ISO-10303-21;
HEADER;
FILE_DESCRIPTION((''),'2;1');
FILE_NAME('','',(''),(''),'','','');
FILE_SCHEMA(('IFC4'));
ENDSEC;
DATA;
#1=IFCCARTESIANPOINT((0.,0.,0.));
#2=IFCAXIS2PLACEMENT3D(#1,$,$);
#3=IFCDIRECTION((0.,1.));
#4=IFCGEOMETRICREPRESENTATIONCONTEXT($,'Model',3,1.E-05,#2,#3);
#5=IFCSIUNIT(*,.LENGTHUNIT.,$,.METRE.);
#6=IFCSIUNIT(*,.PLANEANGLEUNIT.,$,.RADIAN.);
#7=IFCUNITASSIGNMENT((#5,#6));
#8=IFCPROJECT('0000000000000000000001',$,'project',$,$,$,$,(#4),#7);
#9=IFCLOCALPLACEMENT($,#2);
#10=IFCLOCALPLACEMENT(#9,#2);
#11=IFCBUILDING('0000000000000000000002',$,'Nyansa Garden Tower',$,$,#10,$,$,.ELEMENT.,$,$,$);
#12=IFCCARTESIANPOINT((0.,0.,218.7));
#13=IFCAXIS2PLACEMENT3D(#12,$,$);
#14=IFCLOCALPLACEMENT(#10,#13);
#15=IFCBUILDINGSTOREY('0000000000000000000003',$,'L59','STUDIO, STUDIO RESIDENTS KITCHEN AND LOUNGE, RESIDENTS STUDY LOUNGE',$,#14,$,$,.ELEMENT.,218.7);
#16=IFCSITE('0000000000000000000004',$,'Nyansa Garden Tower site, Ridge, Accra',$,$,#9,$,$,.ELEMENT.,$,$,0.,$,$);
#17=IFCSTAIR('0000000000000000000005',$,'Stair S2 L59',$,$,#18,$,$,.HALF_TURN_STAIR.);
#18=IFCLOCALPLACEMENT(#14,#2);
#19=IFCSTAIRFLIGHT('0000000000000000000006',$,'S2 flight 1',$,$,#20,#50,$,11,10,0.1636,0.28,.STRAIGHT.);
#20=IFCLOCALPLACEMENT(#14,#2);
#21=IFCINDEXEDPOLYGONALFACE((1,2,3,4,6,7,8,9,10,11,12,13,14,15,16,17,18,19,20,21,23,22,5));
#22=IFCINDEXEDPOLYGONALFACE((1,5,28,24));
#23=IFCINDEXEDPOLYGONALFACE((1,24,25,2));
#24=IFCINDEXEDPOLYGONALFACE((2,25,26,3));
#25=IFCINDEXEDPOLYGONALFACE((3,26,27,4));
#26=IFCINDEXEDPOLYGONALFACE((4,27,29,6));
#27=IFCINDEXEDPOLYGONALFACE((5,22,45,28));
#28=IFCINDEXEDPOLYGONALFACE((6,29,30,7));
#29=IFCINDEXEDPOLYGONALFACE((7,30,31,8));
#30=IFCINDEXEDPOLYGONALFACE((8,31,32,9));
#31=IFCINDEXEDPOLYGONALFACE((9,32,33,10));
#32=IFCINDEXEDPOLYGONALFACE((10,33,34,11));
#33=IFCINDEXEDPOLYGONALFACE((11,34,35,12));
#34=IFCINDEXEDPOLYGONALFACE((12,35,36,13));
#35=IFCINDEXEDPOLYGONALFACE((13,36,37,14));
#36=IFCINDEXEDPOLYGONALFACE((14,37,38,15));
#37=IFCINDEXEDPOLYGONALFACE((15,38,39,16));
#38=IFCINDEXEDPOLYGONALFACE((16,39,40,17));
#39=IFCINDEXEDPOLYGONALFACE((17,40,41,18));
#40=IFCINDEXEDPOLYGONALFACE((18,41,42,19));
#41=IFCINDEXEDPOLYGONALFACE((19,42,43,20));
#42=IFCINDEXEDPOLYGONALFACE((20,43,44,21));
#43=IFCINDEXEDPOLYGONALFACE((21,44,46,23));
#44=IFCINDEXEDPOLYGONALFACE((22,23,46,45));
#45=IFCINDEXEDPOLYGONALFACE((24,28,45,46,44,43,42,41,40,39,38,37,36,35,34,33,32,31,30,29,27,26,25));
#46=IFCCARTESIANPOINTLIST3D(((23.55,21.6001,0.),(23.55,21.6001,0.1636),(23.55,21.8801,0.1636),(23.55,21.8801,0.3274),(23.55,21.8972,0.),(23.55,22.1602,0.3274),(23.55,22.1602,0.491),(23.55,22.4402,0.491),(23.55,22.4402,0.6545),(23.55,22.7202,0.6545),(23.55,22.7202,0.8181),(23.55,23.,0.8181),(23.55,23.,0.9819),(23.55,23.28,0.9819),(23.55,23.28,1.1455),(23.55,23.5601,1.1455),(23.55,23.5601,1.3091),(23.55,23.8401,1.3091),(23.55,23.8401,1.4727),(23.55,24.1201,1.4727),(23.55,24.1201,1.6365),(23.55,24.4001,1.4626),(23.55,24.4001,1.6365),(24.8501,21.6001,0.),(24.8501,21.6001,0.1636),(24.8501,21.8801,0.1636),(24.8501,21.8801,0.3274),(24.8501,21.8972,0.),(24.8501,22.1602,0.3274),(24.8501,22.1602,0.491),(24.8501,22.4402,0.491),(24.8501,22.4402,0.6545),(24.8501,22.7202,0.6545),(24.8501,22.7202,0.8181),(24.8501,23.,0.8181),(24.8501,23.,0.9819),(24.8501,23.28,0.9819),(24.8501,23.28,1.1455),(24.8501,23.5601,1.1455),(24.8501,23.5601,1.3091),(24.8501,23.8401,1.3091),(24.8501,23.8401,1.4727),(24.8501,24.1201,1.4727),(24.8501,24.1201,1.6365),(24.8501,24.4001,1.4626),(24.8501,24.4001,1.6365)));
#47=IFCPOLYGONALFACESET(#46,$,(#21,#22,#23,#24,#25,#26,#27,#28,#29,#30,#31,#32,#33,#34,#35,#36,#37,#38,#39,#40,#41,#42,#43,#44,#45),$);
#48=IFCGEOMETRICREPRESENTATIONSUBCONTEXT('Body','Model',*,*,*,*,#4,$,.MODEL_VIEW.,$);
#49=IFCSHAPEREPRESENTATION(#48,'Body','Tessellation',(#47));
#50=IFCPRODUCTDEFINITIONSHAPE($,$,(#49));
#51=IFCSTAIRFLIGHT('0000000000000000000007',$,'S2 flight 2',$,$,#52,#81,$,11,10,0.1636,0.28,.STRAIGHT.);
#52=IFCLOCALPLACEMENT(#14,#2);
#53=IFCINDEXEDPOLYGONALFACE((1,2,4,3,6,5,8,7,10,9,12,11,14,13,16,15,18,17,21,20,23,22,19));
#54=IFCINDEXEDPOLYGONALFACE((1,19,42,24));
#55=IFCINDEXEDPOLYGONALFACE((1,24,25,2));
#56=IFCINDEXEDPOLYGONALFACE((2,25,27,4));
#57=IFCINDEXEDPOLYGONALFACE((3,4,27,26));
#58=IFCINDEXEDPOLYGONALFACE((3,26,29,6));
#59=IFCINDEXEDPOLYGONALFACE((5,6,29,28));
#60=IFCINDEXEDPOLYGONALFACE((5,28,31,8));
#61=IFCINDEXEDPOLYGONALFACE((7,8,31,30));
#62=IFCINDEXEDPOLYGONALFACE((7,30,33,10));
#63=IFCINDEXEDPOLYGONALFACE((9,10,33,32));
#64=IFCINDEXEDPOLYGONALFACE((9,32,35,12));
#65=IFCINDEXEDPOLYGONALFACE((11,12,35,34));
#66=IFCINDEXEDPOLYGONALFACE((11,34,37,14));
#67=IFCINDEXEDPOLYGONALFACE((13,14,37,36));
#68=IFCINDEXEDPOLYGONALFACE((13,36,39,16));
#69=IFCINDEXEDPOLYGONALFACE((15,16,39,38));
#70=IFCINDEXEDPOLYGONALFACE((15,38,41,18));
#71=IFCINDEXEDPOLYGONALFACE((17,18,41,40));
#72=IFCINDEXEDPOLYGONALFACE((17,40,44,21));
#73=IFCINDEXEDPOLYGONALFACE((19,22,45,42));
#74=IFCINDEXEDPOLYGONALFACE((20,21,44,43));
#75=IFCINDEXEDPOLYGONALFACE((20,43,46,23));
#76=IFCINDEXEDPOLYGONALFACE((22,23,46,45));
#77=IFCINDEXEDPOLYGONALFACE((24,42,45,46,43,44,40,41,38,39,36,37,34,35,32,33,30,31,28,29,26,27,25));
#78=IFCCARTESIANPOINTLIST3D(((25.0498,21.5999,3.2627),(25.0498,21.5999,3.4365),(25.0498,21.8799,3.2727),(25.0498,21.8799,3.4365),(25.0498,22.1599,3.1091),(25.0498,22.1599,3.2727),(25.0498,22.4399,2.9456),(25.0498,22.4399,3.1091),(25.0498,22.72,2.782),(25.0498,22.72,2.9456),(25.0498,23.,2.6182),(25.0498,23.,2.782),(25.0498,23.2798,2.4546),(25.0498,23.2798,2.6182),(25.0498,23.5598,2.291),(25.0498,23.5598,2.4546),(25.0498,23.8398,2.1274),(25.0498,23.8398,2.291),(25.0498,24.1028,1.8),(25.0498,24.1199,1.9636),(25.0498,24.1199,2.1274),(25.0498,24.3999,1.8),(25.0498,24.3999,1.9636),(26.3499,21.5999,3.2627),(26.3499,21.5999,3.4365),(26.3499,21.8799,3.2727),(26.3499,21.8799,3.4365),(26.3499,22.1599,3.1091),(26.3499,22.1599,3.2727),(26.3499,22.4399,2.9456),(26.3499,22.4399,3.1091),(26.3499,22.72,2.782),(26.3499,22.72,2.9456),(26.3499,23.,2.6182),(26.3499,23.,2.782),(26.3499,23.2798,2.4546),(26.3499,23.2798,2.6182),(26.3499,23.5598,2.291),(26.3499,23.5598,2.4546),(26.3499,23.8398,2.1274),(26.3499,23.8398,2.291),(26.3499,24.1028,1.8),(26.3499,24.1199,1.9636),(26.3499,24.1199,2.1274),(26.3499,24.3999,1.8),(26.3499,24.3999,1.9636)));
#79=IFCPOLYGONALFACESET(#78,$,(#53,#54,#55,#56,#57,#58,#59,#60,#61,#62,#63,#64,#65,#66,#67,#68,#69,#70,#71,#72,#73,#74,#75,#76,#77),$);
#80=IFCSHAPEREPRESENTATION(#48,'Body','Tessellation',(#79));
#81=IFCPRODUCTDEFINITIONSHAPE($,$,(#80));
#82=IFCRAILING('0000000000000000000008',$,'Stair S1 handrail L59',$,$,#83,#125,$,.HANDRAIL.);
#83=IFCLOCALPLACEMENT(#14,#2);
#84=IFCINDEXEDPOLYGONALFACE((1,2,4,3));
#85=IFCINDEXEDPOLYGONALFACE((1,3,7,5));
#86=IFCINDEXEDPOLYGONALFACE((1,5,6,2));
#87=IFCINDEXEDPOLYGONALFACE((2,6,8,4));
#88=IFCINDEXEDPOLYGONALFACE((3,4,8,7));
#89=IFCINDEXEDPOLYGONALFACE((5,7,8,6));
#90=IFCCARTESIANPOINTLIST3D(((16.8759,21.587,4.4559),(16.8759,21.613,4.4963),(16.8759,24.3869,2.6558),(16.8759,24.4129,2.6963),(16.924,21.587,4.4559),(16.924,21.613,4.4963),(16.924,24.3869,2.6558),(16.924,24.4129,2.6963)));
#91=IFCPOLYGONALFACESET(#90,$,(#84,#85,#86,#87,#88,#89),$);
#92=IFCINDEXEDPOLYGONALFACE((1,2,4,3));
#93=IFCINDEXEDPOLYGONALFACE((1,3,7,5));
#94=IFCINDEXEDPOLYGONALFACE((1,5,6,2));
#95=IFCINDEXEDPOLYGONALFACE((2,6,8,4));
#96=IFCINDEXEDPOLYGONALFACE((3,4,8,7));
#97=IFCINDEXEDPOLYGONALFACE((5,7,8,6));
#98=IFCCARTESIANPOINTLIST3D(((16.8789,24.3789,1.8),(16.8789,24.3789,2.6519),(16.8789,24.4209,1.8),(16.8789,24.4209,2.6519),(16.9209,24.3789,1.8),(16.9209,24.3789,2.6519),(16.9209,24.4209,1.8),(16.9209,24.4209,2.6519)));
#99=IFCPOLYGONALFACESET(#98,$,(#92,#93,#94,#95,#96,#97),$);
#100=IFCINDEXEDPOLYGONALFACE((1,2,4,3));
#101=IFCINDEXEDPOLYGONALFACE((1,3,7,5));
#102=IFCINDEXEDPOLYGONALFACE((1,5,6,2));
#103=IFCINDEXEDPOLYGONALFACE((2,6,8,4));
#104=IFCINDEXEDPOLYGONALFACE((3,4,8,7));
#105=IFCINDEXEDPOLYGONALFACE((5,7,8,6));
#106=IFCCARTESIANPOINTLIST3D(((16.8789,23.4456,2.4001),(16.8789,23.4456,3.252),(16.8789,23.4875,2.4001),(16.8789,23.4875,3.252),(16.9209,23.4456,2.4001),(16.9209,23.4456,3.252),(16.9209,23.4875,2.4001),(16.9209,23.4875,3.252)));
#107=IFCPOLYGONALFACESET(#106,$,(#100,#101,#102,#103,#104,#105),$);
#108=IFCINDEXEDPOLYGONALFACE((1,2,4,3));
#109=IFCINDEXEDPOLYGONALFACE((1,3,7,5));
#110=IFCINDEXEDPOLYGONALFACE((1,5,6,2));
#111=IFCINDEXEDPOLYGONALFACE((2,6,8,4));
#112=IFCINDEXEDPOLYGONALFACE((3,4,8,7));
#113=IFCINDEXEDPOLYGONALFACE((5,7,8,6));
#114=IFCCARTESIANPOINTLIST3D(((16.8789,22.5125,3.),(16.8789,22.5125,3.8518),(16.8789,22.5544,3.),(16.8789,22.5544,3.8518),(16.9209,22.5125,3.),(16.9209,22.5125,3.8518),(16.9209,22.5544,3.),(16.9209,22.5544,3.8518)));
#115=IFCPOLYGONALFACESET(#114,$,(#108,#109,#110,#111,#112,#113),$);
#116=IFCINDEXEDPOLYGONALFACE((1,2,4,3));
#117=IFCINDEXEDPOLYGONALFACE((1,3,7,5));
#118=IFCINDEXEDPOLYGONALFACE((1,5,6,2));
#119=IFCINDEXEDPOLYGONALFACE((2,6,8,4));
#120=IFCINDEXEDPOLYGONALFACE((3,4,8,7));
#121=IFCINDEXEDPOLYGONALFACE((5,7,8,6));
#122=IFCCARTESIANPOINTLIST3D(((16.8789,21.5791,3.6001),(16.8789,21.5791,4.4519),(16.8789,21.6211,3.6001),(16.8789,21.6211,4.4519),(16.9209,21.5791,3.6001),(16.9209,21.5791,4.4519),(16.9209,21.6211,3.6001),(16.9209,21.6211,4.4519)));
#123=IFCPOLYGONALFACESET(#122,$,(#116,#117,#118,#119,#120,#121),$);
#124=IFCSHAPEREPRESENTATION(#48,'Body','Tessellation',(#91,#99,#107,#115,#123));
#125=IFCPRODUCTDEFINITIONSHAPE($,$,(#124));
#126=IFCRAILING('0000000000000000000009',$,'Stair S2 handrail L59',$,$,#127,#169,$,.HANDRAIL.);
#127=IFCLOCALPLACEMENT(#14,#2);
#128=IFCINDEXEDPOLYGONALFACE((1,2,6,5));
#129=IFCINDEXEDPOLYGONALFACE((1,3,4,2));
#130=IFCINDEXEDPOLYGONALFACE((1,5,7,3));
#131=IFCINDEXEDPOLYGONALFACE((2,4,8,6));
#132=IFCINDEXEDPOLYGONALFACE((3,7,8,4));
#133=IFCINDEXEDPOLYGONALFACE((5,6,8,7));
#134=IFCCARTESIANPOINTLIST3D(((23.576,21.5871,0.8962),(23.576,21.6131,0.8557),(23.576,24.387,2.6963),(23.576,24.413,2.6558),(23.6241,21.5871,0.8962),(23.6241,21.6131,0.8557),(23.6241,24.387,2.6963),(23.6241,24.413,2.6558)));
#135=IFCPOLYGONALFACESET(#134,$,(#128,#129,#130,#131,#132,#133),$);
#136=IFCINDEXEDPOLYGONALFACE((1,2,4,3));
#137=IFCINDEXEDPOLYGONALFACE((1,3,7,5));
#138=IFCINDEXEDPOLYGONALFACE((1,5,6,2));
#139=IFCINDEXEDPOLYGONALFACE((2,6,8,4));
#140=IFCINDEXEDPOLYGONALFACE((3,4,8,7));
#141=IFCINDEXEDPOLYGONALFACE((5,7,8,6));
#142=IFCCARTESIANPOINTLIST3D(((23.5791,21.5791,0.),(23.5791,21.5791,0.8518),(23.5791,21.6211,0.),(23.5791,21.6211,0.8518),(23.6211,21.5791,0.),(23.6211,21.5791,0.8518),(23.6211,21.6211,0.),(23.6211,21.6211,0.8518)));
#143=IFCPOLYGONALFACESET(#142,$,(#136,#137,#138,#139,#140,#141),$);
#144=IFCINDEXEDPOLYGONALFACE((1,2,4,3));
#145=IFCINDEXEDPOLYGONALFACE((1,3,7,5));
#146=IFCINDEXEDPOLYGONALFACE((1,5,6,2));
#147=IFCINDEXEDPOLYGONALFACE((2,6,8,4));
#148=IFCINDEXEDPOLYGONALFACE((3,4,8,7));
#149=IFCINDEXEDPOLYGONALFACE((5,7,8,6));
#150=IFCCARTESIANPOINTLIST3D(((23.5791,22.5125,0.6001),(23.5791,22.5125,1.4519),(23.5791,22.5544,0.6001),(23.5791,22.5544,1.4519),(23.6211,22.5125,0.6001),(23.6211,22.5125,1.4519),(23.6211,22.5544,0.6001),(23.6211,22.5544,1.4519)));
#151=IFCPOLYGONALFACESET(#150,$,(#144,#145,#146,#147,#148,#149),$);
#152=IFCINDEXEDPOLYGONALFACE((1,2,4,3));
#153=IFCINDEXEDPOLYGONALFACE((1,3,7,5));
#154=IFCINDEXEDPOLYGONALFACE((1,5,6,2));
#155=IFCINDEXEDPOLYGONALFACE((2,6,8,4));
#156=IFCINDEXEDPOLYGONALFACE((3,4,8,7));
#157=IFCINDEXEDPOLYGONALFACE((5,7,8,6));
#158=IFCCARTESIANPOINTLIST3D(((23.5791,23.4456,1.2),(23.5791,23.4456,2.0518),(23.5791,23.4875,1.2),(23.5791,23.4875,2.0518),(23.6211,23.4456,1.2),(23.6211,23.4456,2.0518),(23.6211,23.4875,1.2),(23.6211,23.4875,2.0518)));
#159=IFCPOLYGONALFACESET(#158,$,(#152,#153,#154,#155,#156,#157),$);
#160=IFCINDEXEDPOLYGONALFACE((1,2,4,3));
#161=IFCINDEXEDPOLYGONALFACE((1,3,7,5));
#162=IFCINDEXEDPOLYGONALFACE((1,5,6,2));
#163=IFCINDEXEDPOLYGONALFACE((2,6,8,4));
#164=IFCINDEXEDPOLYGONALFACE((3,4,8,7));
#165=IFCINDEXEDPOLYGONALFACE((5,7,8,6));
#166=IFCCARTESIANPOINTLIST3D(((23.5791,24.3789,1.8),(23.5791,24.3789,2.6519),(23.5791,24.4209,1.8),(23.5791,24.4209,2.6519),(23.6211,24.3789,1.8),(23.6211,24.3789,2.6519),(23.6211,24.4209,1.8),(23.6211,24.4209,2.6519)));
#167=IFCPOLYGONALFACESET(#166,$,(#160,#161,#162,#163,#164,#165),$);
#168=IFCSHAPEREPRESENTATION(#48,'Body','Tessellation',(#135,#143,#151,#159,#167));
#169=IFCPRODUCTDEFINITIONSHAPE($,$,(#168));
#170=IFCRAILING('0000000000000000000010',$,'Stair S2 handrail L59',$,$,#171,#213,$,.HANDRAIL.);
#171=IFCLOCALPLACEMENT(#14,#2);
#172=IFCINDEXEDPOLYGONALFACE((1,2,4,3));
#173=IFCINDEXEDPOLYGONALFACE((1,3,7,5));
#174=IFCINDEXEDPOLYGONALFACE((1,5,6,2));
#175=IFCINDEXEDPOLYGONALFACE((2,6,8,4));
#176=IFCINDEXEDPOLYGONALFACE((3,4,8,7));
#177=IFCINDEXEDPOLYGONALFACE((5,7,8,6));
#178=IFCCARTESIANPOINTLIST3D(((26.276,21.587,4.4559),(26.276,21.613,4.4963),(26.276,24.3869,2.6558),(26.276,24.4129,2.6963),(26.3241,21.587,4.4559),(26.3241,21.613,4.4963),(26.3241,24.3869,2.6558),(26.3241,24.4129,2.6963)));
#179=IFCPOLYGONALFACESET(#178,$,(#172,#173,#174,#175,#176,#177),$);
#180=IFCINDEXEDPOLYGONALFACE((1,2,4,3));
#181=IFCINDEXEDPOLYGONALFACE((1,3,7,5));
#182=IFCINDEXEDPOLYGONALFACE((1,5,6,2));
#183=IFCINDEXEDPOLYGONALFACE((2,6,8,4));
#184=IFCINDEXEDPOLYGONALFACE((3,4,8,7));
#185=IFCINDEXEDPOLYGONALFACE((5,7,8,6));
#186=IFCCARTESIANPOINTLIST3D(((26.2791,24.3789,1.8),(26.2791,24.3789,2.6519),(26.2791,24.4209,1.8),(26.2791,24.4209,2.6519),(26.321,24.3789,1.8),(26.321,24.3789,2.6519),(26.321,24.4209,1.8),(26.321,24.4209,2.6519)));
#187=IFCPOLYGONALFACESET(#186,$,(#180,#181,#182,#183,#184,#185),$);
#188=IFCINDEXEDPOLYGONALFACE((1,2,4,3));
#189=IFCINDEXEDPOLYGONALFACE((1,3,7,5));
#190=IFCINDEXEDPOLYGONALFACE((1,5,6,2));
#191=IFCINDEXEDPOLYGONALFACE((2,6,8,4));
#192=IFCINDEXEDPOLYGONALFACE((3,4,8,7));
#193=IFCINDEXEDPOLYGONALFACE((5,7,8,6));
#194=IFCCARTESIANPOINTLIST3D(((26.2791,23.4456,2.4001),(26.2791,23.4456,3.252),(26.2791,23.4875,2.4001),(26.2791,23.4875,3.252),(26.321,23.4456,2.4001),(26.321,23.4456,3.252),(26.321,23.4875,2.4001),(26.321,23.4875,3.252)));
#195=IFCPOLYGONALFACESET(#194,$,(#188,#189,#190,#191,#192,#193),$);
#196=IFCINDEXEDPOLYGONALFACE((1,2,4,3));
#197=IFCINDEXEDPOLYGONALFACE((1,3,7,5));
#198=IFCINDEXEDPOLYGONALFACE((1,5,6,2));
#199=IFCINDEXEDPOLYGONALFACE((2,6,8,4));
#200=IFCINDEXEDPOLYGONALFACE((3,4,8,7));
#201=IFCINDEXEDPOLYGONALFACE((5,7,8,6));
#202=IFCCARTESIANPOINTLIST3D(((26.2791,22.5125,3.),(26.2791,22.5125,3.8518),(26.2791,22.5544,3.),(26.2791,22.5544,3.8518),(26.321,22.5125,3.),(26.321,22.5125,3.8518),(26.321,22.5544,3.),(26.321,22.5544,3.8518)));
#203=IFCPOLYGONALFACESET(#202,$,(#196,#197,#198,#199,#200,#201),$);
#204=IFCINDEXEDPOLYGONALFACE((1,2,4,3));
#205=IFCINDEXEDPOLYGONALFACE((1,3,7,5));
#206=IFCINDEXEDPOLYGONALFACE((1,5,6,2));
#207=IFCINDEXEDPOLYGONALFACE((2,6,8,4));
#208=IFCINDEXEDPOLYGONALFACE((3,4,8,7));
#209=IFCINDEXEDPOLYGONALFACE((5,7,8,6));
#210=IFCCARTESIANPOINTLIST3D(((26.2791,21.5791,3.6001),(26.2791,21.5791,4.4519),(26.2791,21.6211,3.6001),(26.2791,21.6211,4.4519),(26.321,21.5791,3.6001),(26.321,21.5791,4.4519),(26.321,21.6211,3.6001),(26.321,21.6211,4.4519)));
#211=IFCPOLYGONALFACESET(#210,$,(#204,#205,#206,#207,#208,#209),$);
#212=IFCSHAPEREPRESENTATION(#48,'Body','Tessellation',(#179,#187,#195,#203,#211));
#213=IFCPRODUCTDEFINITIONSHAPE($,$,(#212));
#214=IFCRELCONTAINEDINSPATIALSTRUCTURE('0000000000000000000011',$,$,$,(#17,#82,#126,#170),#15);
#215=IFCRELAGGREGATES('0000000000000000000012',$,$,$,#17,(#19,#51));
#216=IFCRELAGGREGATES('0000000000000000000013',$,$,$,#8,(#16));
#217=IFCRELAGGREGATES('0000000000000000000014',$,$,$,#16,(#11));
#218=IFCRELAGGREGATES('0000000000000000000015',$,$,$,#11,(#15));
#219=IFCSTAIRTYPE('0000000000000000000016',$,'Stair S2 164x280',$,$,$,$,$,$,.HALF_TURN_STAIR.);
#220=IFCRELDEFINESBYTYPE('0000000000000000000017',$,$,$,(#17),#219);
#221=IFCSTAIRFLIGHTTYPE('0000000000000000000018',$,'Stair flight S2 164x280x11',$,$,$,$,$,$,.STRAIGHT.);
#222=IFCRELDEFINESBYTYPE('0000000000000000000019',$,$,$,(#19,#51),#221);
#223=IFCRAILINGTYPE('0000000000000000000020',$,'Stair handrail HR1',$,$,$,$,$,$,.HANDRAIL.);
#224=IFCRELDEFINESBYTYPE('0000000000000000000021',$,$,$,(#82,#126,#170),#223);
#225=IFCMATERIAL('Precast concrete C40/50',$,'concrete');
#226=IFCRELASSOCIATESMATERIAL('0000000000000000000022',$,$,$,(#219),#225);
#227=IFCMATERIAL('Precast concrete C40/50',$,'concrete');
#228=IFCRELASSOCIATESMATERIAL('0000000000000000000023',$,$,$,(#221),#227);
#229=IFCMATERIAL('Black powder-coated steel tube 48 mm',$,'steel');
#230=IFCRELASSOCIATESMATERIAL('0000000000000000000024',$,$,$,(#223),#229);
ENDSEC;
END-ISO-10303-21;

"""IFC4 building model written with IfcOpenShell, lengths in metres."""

from ifc_helpers import new_model, si_unit, direction, frame, origin, origin_2d, place, context, subcontext, project, spatial, polyline, rectangle, outline, extrude, material, type_object, element, aggregate, save


model = new_model("IFC4")

# Units and contexts
model_context = context("Model", 3, precision=1e-05, world=origin(), true_north=direction((0.0, 1.0)))
body_context = subcontext(model_context, "Body", "Model", "MODEL_VIEW")
ifc_project = project(units=[si_unit("LENGTHUNIT", "METRE"), si_unit("PLANEANGLEUNIT", "RADIAN")], contexts=[model_context])

# Site, building, storey
site_placement = place(None, origin())
site = spatial("IfcSite", under=ifc_project, at=site_placement, Name="Nyansa Garden Tower site, Ridge, Accra", CompositionType="ELEMENT", RefElevation=0.0)
building_placement = place(site_placement, origin())
building = spatial("IfcBuilding", under=site, at=building_placement, Name="Nyansa Garden Tower", CompositionType="ELEMENT")
storey_placement = place(building_placement, frame((0.0, 0.0, 218.7)))
storey = spatial("IfcBuildingStorey", under=building, at=storey_placement, Name="L59", Description="STUDIO, STUDIO RESIDENTS KITCHEN AND LOUNGE, RESIDENTS STUDY LOUNGE", CompositionType="ELEMENT", Elevation=218.7)

# Stair, stair flights
ifc_material_1 = material(Name="Precast concrete C40/50", Category="concrete")
stair_type = type_object("IfcStairType", Name="Stair S2 164x280", PredefinedType="HALF_TURN_STAIR", material=ifc_material_1)
stair_placement = place(storey_placement, origin())
stair = element("IfcStair", 1, at=stair_placement, inside=storey, type_object=stair_type, Name="Stair S2 L59", PredefinedType="HALF_TURN_STAIR")
ifc_material_2 = material(Name="Precast concrete C40/50", Category="concrete")
stair_flight_type = type_object("IfcStairFlightType", Name="Stair flight S2 164x280x11", PredefinedType="STRAIGHT", material=ifc_material_2)
stair_flight_1_placement = place(storey_placement, frame((24.2, 21.6001, 0.0), z_axis=(0.0, 0.0, 1.0), x_axis=(0.0, 1.0, 0.0)))
stair_flight_1 = element("IfcStairFlight", 2, at=stair_flight_1_placement, type_object=stair_flight_type, Name="S2 flight 1", NumberOfRisers=11, NumberOfTreads=10, PredefinedType="STRAIGHT", RiserHeight=0.1636, TreadLength=0.28, context=body_context, shape_type="SweptSolid", body=[
    extrude(outline(polyline([(0.0, 0.0), (0.0, 0.1636), (0.28, 0.1636), (0.28, 0.3274), (0.5601, 0.3274), (0.5601, 0.491), (0.8401, 0.491), (0.8401, 0.6545), (1.1201, 0.6545), (1.1201, 0.8181), (1.3999, 0.8181), (1.3999, 0.9819), (1.6799, 0.9819), (1.6799, 1.1455), (1.96, 1.1455), (1.96, 1.3091), (2.24, 1.3091), (2.24, 1.4727), (2.52, 1.4727), (2.52, 1.6365), (2.8, 1.6365), (2.8, 1.8), (2.8, 1.4626), (0.2971, 0.0), (0.0, 0.0)])), frame((0.0, 0.6499, 0.0), z_axis=(0.0, -1.0, 0.0), x_axis=(1.0, 0.0, 0.0)), (0.0, 0.0, 1.0), 1.3),
])
stair_flight_2_placement = place(storey_placement, frame((25.7, 24.3999, 1.8), z_axis=(0.0, 0.0, 1.0), x_axis=(0.0, -1.0, 0.0)))
stair_flight_2 = element("IfcStairFlight", 3, at=stair_flight_2_placement, type_object=stair_flight_type, Name="S2 flight 2", NumberOfRisers=11, NumberOfTreads=10, PredefinedType="STRAIGHT", RiserHeight=0.1636, TreadLength=0.28, context=body_context, shape_type="SweptSolid", body=[
    extrude(outline(polyline([(0.0, 0.0), (0.0, 0.1636), (0.28, 0.1636), (0.28, 0.3274), (0.5601, 0.3274), (0.5601, 0.491), (0.8401, 0.491), (0.8401, 0.6545), (1.1201, 0.6545), (1.1201, 0.8181), (1.3999, 0.8181), (1.3999, 0.9819), (1.6799, 0.9819), (1.6799, 1.1455), (1.96, 1.1455), (1.96, 1.3091), (2.24, 1.3091), (2.24, 1.4727), (2.52, 1.4727), (2.52, 1.6365), (2.8, 1.6365), (2.8, 1.8), (2.8, 1.4626), (0.2971, 0.0), (0.0, 0.0)])), frame((0.0, 0.6499, 0.0), z_axis=(0.0, -1.0, 0.0), x_axis=(1.0, 0.0, 0.0)), (0.0, 0.0, 1.0), 1.3),
])
aggregate(stair, [stair_flight_1, stair_flight_2])

# Railings
ifc_material_3 = material(Name="Black powder-coated steel tube 48 mm", Category="steel")
railing_type = type_object("IfcRailingType", Name="Stair handrail HR1", PredefinedType="HANDRAIL", material=ifc_material_3)
railing_1_placement = place(storey_placement, frame((16.8999, 24.3999, 1.8)))
element("IfcRailing", 4, at=railing_1_placement, inside=storey, type_object=railing_type, Name="Stair S1 handrail L59", PredefinedType="HANDRAIL", context=body_context, shape_type="SweptSolid", body=[
    extrude(rectangle(XDim=0.0481, YDim=0.0481, at=origin_2d()), frame((0.0, 0.0, 0.876), z_axis=(0.0, -0.841155, 0.540795), x_axis=(1.0, 0.0, 0.0)), (0.0, 0.0, 1.0), 3.3286),
    extrude(rectangle(XDim=0.042, YDim=0.042, at=origin_2d()), origin(), (0.0, 0.0, 1.0), 0.8518),
    extrude(rectangle(XDim=0.042, YDim=0.042, at=origin_2d()), frame((0.0, -0.9333, 0.6001)), (0.0, 0.0, 1.0), 0.8518),
    extrude(rectangle(XDim=0.042, YDim=0.042, at=origin_2d()), frame((0.0, -1.8665, 1.2)), (0.0, 0.0, 1.0), 0.8518),
    extrude(rectangle(XDim=0.042, YDim=0.042, at=origin_2d()), frame((0.0, -2.7998, 1.8)), (0.0, 0.0, 1.0), 0.8518),
])
railing_2_placement = place(storey_placement, frame((23.6001, 21.6001, 0.0)))
element("IfcRailing", 5, at=railing_2_placement, inside=storey, type_object=railing_type, Name="Stair S2 handrail L59", PredefinedType="HANDRAIL", context=body_context, shape_type="SweptSolid", body=[
    extrude(rectangle(XDim=0.0481, YDim=0.0481, at=origin_2d()), frame((0.0, 0.0, 0.876), z_axis=(0.0, 0.841155, 0.540795), x_axis=(-1.0, 0.0, 0.0)), (0.0, 0.0, 1.0), 3.3286),
    extrude(rectangle(XDim=0.042, YDim=0.042, at=origin_2d()), origin(), (0.0, 0.0, 1.0), 0.8518),
    extrude(rectangle(XDim=0.042, YDim=0.042, at=origin_2d()), frame((0.0, 0.9333, 0.6001)), (0.0, 0.0, 1.0), 0.8518),
    extrude(rectangle(XDim=0.042, YDim=0.042, at=origin_2d()), frame((0.0, 1.8665, 1.2)), (0.0, 0.0, 1.0), 0.8518),
    extrude(rectangle(XDim=0.042, YDim=0.042, at=origin_2d()), frame((0.0, 2.7998, 1.8)), (0.0, 0.0, 1.0), 0.8518),
])
railing_3_placement = place(storey_placement, frame((26.3, 24.3999, 1.8)))
element("IfcRailing", 6, at=railing_3_placement, inside=storey, type_object=railing_type, Name="Stair S2 handrail L59", PredefinedType="HANDRAIL", context=body_context, shape_type="SweptSolid", body=[
    extrude(rectangle(XDim=0.0481, YDim=0.0481, at=origin_2d()), frame((0.0, 0.0, 0.876), z_axis=(0.0, -0.841155, 0.540795), x_axis=(1.0, 0.0, 0.0)), (0.0, 0.0, 1.0), 3.3286),
    extrude(rectangle(XDim=0.042, YDim=0.042, at=origin_2d()), origin(), (0.0, 0.0, 1.0), 0.8518),
    extrude(rectangle(XDim=0.042, YDim=0.042, at=origin_2d()), frame((0.0, -0.9333, 0.6001)), (0.0, 0.0, 1.0), 0.8518),
    extrude(rectangle(XDim=0.042, YDim=0.042, at=origin_2d()), frame((0.0, -1.8665, 1.2)), (0.0, 0.0, 1.0), 0.8518),
    extrude(rectangle(XDim=0.042, YDim=0.042, at=origin_2d()), frame((0.0, -2.7998, 1.8)), (0.0, 0.0, 1.0), 0.8518),
])

save(model, "model.ifc")
